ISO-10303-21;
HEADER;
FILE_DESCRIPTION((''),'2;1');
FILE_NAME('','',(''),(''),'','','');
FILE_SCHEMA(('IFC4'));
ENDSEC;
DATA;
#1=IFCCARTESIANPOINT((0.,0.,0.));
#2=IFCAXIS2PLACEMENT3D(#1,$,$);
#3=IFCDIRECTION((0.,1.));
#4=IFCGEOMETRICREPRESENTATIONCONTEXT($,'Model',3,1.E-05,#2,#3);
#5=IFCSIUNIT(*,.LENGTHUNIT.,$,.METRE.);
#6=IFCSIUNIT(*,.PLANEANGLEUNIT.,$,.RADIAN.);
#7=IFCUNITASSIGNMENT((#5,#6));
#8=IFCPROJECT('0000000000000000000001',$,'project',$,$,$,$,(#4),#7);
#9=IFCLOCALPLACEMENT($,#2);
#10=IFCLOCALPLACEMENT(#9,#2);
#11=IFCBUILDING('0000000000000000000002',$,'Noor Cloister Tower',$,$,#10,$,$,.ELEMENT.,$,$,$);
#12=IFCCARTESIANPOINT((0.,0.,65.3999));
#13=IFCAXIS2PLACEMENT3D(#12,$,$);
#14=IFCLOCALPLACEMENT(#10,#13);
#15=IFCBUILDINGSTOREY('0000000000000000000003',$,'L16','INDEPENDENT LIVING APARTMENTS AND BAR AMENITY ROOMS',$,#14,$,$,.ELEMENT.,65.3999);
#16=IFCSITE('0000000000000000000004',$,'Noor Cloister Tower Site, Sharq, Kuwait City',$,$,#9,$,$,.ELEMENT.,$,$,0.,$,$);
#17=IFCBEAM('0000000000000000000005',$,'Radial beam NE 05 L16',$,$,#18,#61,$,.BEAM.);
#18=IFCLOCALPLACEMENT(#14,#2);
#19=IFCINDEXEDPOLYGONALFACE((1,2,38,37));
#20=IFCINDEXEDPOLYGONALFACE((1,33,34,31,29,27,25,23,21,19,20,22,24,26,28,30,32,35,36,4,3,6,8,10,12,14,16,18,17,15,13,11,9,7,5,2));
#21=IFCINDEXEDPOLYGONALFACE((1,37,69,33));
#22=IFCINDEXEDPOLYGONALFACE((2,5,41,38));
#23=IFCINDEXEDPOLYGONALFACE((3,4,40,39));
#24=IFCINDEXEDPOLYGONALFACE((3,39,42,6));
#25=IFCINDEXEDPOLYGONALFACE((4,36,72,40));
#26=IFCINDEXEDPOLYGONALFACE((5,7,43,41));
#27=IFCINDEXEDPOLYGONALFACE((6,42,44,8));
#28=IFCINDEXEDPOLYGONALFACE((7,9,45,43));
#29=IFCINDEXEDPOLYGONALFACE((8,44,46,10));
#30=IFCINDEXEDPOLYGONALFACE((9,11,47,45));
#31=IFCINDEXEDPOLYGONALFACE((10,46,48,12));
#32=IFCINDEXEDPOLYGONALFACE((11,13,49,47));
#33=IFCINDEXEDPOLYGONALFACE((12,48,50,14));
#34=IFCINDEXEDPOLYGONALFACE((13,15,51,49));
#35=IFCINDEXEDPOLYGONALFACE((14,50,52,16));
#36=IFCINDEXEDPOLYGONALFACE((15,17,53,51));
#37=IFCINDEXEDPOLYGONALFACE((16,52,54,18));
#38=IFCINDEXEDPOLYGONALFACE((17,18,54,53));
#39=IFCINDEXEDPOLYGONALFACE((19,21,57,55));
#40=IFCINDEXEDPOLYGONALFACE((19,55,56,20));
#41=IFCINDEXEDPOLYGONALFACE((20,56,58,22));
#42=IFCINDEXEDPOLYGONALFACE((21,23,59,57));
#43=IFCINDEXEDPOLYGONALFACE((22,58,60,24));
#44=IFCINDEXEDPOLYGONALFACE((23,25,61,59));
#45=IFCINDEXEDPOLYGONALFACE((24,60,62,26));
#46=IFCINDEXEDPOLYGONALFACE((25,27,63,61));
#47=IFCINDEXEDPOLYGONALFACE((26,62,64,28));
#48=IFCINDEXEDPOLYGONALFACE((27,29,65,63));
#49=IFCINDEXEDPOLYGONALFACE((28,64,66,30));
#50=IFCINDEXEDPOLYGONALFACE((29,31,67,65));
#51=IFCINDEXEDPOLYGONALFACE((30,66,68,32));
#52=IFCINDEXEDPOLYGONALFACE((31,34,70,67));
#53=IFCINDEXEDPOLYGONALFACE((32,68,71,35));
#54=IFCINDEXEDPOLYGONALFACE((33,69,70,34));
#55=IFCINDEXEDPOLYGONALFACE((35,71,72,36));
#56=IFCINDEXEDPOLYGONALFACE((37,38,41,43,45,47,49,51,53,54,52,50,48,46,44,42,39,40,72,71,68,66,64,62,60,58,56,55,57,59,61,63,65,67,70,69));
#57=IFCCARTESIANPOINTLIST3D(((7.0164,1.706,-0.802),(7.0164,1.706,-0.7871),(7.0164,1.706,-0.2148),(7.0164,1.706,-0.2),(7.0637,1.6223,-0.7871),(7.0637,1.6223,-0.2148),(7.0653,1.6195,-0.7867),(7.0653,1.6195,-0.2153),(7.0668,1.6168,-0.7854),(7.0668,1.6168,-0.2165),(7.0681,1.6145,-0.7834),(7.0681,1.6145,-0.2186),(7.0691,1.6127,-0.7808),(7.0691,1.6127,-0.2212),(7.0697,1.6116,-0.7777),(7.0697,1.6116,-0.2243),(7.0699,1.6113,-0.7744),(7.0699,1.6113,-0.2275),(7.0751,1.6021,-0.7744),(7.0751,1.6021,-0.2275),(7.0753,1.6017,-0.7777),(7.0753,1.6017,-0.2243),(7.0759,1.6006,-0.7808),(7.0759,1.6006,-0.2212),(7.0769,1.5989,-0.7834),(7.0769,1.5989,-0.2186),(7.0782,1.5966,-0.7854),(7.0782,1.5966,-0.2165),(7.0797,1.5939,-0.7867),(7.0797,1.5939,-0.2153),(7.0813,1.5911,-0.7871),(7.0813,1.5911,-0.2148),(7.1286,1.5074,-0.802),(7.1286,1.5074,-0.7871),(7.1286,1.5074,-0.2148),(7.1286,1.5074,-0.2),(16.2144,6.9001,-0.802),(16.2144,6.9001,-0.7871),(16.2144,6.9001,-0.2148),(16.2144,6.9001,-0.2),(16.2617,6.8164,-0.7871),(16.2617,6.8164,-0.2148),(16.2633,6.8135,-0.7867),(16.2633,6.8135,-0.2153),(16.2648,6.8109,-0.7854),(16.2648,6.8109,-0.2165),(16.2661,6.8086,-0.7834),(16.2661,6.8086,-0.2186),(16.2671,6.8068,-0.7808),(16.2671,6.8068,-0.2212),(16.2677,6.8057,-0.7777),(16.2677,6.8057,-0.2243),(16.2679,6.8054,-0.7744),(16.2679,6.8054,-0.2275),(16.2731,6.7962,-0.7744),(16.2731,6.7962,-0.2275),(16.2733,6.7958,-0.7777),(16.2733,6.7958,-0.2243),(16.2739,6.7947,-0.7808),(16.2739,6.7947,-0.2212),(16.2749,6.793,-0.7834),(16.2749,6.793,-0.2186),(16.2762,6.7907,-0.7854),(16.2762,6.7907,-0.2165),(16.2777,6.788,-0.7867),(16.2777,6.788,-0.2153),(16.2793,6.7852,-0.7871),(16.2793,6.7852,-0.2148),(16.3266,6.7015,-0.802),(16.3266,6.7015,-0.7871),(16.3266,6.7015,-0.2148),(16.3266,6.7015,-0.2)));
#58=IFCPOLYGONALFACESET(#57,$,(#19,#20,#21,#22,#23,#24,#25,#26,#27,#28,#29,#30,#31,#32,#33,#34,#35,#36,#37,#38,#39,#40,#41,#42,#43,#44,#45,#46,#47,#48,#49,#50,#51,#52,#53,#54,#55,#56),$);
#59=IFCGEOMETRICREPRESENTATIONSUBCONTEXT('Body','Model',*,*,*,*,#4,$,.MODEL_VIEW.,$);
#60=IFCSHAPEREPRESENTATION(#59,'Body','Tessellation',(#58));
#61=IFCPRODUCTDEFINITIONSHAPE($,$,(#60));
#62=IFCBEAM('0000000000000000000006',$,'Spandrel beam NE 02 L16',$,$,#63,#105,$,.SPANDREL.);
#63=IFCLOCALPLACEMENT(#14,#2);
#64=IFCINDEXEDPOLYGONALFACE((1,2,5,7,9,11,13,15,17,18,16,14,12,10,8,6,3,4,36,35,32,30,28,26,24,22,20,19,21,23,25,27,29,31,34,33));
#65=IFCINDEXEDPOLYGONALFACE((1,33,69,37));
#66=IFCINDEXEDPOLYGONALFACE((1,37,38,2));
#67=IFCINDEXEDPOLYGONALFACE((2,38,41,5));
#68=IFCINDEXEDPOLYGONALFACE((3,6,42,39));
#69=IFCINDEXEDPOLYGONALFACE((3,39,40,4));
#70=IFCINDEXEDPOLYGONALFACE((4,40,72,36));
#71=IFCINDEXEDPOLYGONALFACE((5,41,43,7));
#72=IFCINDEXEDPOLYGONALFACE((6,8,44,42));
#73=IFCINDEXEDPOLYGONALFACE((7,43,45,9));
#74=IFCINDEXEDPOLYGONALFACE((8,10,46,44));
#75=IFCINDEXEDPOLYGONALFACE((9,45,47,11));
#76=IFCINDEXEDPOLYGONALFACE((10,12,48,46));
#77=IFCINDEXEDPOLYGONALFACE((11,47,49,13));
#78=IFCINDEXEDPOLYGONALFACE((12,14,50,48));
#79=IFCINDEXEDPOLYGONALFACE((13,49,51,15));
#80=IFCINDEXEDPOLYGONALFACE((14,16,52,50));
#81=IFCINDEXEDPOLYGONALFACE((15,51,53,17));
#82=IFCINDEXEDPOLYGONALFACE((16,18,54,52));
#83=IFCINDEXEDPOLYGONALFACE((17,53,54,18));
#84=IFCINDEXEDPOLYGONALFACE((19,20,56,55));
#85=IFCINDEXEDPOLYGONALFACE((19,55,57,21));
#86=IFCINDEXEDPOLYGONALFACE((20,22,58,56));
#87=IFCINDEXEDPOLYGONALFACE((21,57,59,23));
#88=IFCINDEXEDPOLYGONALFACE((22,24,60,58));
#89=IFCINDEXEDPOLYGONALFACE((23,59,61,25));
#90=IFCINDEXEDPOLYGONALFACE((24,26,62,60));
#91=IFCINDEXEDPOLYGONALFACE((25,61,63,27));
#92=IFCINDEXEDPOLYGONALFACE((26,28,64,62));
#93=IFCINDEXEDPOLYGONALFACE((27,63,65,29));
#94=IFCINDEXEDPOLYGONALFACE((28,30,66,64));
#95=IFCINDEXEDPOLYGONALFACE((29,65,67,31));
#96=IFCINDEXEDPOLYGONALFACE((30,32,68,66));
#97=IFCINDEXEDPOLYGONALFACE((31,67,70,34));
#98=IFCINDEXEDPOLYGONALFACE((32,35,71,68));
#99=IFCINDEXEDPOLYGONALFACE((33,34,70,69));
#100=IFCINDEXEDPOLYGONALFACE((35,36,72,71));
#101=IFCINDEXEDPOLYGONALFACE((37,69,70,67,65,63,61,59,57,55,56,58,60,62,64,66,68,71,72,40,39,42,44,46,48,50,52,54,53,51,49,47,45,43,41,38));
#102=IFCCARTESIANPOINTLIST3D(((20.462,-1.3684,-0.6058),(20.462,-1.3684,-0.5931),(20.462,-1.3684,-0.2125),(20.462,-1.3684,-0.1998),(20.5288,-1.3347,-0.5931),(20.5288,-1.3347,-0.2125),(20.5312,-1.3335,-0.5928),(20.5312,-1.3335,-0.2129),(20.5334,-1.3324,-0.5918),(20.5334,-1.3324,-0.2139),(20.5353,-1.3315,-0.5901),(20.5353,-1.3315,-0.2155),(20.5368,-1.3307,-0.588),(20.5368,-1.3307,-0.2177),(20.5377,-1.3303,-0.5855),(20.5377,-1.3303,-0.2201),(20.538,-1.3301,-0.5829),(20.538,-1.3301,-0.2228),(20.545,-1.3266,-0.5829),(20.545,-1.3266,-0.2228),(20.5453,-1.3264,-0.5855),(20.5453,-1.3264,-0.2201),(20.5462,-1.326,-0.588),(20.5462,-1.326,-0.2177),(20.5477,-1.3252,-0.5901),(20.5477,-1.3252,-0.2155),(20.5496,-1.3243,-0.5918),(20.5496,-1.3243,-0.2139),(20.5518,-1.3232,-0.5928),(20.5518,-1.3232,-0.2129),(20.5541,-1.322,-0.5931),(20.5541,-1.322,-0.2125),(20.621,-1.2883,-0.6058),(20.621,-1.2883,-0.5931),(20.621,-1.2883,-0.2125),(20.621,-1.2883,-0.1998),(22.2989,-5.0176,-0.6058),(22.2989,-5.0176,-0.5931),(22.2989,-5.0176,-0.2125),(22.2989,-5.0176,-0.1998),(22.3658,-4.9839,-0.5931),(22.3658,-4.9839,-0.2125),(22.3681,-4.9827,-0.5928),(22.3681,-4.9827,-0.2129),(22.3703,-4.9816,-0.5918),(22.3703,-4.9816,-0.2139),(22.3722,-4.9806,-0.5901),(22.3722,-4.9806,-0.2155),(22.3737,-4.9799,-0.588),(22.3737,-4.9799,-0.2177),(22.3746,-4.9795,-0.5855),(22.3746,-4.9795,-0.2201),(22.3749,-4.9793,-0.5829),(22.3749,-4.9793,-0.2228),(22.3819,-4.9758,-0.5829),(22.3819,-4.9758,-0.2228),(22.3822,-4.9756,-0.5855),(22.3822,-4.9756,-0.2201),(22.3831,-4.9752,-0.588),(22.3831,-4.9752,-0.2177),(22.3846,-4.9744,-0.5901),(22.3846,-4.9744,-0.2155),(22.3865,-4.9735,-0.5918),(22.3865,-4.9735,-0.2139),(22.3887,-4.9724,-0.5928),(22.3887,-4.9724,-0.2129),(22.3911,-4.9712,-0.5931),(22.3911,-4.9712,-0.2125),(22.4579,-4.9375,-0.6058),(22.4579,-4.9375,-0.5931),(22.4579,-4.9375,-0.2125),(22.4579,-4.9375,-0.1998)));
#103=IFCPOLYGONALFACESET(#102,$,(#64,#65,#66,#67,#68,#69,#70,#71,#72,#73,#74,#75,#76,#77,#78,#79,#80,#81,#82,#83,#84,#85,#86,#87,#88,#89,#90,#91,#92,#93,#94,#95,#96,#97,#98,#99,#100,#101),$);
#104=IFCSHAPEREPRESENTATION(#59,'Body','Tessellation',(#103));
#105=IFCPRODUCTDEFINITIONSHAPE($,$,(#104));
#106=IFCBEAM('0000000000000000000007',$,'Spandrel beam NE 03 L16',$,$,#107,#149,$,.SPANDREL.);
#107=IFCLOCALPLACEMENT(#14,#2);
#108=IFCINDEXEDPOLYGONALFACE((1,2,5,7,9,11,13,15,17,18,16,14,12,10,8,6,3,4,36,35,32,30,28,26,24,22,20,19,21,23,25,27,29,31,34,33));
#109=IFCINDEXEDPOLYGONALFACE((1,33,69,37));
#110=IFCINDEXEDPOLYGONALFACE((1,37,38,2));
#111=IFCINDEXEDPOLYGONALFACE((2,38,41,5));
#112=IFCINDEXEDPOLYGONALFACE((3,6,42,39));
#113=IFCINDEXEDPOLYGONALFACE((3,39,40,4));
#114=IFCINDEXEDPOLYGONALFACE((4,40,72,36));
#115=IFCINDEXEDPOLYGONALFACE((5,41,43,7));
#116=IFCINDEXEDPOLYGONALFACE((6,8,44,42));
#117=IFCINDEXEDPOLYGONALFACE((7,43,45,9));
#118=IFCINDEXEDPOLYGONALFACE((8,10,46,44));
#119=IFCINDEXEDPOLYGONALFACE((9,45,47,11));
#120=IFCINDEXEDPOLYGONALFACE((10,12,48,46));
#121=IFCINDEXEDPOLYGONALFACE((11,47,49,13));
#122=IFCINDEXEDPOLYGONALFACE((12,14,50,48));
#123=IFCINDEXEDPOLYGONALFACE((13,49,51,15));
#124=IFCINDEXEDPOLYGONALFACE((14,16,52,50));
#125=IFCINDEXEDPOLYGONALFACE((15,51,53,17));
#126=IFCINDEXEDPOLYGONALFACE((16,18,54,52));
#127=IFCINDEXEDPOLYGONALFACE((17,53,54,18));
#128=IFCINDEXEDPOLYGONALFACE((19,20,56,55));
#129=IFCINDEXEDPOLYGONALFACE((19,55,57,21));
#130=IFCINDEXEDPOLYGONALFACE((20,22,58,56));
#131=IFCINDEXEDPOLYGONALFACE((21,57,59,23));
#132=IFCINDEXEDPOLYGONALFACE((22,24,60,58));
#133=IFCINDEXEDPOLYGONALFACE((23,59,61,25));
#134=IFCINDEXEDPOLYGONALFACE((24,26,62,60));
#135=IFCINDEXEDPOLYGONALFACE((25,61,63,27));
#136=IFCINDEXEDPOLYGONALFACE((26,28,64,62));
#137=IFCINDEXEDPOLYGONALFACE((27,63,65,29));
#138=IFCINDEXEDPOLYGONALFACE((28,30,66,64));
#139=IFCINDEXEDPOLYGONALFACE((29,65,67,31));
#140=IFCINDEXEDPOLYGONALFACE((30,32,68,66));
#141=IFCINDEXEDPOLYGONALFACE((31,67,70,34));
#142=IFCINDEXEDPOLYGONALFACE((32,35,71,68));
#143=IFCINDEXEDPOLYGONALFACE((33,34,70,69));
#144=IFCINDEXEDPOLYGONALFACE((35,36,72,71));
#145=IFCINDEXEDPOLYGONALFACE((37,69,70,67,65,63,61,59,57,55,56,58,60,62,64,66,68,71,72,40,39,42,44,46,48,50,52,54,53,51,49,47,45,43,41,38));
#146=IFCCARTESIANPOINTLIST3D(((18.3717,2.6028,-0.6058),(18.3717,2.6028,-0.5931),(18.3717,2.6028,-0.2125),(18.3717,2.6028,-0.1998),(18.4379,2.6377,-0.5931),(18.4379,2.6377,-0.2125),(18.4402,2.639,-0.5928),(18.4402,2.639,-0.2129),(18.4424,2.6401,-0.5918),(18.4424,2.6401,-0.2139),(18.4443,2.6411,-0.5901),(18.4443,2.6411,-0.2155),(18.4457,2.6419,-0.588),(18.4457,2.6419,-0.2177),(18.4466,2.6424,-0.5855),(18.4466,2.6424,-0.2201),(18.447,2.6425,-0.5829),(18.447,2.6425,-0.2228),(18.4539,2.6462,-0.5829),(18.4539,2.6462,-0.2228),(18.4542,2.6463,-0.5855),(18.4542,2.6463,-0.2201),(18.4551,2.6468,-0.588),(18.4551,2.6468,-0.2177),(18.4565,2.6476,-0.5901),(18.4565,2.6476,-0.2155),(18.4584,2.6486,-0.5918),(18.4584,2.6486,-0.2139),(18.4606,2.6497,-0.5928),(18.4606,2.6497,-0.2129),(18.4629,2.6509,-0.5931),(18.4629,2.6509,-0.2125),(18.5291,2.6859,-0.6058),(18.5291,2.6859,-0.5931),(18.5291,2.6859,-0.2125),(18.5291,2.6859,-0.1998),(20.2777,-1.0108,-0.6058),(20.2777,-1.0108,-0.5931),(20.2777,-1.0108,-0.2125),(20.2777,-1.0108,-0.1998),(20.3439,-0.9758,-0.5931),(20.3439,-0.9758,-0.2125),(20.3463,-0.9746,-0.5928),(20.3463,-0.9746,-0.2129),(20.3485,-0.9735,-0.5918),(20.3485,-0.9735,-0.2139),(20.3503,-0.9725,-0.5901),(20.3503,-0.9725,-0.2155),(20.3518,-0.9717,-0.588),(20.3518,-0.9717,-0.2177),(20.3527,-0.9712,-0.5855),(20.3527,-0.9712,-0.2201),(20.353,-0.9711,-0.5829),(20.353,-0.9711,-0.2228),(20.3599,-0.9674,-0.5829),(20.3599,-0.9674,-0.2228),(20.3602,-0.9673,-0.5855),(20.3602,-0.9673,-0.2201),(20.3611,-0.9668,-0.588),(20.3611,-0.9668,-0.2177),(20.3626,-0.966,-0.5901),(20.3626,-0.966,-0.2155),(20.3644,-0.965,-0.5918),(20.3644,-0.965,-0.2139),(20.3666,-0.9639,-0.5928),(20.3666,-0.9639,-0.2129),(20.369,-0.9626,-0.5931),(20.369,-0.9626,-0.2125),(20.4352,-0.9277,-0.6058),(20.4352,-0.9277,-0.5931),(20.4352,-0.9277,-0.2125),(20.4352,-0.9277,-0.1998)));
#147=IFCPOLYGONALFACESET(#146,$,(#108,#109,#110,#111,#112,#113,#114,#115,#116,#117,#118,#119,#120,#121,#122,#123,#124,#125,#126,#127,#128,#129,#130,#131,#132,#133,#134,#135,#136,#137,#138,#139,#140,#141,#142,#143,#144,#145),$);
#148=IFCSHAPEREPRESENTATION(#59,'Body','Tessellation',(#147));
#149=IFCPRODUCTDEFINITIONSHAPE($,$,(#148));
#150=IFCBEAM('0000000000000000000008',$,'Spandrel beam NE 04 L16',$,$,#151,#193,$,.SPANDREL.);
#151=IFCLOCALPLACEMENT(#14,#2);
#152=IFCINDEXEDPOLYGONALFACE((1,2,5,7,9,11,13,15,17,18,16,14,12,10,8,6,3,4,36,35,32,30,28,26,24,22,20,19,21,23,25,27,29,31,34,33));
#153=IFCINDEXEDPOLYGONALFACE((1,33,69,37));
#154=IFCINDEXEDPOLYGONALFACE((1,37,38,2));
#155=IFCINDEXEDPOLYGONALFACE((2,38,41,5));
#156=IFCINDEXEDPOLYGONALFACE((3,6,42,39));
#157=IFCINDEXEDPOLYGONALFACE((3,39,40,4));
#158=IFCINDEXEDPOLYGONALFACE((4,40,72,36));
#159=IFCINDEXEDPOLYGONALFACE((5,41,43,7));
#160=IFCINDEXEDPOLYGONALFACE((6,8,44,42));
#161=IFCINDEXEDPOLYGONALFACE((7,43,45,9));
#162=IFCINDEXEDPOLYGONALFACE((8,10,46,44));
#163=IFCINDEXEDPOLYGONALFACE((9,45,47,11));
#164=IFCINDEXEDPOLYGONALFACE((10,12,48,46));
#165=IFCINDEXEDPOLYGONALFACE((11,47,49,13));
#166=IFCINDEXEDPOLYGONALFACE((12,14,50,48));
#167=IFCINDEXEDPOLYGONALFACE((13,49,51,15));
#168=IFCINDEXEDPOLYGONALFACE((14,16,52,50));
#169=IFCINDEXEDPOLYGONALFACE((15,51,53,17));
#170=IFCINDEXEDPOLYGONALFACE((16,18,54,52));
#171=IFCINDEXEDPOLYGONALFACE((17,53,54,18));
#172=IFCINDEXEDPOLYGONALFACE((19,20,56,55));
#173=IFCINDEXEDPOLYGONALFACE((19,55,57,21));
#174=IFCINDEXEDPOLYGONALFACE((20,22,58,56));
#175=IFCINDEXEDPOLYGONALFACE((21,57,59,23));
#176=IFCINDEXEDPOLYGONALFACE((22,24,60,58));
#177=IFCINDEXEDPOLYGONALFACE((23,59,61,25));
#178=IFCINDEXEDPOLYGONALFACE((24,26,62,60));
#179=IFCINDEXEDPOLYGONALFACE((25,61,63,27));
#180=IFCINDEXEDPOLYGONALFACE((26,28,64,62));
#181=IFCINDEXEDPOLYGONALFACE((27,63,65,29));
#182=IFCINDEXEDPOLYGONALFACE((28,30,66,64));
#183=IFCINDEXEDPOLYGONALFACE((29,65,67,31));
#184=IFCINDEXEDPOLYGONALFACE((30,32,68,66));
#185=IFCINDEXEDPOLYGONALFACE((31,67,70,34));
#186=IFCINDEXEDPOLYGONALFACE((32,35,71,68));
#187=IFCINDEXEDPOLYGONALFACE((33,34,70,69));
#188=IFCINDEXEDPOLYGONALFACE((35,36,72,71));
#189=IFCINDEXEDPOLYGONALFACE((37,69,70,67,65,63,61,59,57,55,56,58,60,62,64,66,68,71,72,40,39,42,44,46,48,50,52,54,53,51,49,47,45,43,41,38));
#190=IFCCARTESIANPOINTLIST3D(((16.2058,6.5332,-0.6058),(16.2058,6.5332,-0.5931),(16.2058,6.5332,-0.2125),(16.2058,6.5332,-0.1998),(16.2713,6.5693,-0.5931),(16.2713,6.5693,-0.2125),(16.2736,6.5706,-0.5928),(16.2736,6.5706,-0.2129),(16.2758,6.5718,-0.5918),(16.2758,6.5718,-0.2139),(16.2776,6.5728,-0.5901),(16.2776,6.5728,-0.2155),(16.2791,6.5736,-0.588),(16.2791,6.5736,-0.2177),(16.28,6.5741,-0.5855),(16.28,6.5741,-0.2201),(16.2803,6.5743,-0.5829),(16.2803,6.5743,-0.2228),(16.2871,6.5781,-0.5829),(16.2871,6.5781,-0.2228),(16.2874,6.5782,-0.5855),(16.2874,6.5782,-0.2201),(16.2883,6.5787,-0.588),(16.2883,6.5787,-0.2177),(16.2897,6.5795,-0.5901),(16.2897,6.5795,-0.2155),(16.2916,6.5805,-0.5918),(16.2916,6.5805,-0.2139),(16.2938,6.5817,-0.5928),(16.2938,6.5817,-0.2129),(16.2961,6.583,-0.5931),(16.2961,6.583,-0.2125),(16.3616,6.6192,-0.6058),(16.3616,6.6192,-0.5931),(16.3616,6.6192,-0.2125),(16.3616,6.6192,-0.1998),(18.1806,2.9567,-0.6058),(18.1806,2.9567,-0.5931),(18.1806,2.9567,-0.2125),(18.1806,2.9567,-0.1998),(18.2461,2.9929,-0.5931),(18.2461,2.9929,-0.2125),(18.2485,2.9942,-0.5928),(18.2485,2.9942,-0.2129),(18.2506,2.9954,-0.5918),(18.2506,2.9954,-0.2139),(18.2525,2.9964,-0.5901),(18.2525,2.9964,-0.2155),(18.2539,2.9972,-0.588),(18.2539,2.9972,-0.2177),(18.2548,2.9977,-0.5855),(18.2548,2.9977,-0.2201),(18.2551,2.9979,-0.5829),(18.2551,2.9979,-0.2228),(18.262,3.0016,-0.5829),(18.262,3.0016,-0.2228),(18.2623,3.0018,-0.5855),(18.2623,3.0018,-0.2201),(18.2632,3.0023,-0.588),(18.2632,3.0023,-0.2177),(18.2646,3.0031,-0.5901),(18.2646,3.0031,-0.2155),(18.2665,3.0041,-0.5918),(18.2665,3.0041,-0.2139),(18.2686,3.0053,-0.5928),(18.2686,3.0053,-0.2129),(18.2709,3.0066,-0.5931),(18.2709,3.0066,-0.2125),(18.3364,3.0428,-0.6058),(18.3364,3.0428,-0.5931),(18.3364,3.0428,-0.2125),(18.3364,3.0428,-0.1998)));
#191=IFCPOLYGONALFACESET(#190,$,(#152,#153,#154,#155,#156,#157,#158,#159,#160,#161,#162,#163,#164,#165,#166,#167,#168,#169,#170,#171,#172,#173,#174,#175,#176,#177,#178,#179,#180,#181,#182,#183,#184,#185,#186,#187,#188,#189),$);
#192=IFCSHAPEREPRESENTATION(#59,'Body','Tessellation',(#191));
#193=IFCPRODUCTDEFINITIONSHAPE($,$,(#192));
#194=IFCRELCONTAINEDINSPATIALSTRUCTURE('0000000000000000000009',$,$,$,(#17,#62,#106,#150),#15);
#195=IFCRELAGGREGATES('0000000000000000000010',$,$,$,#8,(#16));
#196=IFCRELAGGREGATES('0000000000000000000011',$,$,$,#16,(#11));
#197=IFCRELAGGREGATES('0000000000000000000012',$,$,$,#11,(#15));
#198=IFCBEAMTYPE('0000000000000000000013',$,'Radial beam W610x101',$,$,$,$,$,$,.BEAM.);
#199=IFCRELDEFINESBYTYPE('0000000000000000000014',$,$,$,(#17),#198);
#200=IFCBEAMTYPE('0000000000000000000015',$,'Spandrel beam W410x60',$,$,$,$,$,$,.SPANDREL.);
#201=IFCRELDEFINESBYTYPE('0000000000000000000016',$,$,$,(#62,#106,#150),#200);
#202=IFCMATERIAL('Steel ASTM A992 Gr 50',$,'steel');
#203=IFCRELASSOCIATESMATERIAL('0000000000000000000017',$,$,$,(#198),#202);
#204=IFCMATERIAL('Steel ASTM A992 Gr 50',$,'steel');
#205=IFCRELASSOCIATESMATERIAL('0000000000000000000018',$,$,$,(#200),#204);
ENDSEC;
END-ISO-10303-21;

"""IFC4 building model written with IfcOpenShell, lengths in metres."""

from ifc_helpers import new_model, si_unit, direction, frame, origin, origin_2d, place, context, subcontext, project, spatial, i_section, extrude, material, material_profile, profile_set, type_object, element, save


model = new_model("IFC4")

# Units and contexts
model_context = context("Model", 3, precision=1e-05, world=origin(), true_north=direction((0.0, 1.0)))
body_context = subcontext(model_context, "Body", "Model", "MODEL_VIEW")
ifc_project = project(units=[si_unit("LENGTHUNIT", "METRE"), si_unit("PLANEANGLEUNIT", "RADIAN")], contexts=[model_context])

# Site, building, storey
site_placement = place(None, origin())
site = spatial("IfcSite", under=ifc_project, at=site_placement, Name="Noor Cloister Tower Site, Sharq, Kuwait City", CompositionType="ELEMENT", RefElevation=0.0)
building_placement = place(site_placement, origin())
building = spatial("IfcBuilding", under=site, at=building_placement, Name="Noor Cloister Tower", CompositionType="ELEMENT")
storey_placement = place(building_placement, frame((0.0, 0.0, 65.3999)))
storey = spatial("IfcBuildingStorey", under=building, at=storey_placement, Name="L16", Description="INDEPENDENT LIVING APARTMENTS AND BAR AMENITY ROOMS", CompositionType="ELEMENT", Elevation=65.3999)

# Beams
ifc_material_1 = material(Name="Steel ASTM A992 Gr 50", Category="steel")
ifc_material_profile_1 = material_profile(ifc_material_1, i_section(OverallWidth=0.228, OverallDepth=0.6021, WebThickness=0.0105, FlangeThickness=0.0149, FilletRadius=0.0127, at=origin_2d()), Name="W610x101")
ifc_profile_set_1 = profile_set([ifc_material_profile_1], Name="Steel ASTM A992 Gr 50")
beam_type_1 = type_object("IfcBeamType", Name="Radial beam W610x101", PredefinedType="BEAM", material=ifc_profile_set_1)
beam_1_placement = place(storey_placement, frame((16.2705, 6.8008, -0.501), z_axis=(-0.870756, -0.491715, 0.0), x_axis=(0.491715, -0.870756, 0.0)))
element("IfcBeam", 1, at=beam_1_placement, inside=storey, type_object=beam_type_1, Name="Radial beam NE 05 L16", PredefinedType="BEAM", context=body_context, shape_type="SweptSolid", body=[
    extrude(i_section(OverallWidth=0.228, OverallDepth=0.6021, WebThickness=0.0105, FlangeThickness=0.0149, FilletRadius=0.0127, at=origin_2d()), origin(), (0.0, 0.0, 1.0), 10.5632),
])
ifc_material_2 = material(Name="Steel ASTM A992 Gr 50", Category="steel")
ifc_material_profile_2 = material_profile(ifc_material_2, i_section(OverallWidth=0.178, OverallDepth=0.406, WebThickness=0.0078, FlangeThickness=0.0127, FilletRadius=0.0103, at=origin_2d()), Name="W410x60")
ifc_profile_set_2 = profile_set([ifc_material_profile_2], Name="Steel ASTM A992 Gr 50")
beam_type_2 = type_object("IfcBeamType", Name="Spandrel beam W410x60", PredefinedType="SPANDREL", material=ifc_profile_set_2)
for number, where, z_axis, x_axis, name in (
    (2, (22.3784, -4.9775, -0.4028), (-0.449626, 0.893217, 0.0), (-0.893217, -0.449626, 0.0), "Spandrel beam NE 02 L16"),
    (3, (20.3564, -0.9692, -0.4028), (-0.466542, 0.884499, 0.0), (-0.884499, -0.466542, 0.0), "Spandrel beam NE 03 L16"),
    (4, (18.2585, 2.9998, -0.4028), (-0.483389, 0.875406, 0.0), (-0.875406, -0.483389, 0.0), "Spandrel beam NE 04 L16"),
):
    element("IfcBeam", number, at=place(storey_placement, frame(where, z_axis=z_axis, x_axis=x_axis)), inside=storey, type_object=beam_type_2, Name=name, PredefinedType="SPANDREL", context=body_context, shape_type="SweptSolid", body=[
        extrude(i_section(OverallWidth=0.178, OverallDepth=0.406, WebThickness=0.0078, FlangeThickness=0.0127, FilletRadius=0.0103, at=origin_2d()), origin(), (0.0, 0.0, 1.0), 4.0854),
    ])

save(model, "model.ifc")
